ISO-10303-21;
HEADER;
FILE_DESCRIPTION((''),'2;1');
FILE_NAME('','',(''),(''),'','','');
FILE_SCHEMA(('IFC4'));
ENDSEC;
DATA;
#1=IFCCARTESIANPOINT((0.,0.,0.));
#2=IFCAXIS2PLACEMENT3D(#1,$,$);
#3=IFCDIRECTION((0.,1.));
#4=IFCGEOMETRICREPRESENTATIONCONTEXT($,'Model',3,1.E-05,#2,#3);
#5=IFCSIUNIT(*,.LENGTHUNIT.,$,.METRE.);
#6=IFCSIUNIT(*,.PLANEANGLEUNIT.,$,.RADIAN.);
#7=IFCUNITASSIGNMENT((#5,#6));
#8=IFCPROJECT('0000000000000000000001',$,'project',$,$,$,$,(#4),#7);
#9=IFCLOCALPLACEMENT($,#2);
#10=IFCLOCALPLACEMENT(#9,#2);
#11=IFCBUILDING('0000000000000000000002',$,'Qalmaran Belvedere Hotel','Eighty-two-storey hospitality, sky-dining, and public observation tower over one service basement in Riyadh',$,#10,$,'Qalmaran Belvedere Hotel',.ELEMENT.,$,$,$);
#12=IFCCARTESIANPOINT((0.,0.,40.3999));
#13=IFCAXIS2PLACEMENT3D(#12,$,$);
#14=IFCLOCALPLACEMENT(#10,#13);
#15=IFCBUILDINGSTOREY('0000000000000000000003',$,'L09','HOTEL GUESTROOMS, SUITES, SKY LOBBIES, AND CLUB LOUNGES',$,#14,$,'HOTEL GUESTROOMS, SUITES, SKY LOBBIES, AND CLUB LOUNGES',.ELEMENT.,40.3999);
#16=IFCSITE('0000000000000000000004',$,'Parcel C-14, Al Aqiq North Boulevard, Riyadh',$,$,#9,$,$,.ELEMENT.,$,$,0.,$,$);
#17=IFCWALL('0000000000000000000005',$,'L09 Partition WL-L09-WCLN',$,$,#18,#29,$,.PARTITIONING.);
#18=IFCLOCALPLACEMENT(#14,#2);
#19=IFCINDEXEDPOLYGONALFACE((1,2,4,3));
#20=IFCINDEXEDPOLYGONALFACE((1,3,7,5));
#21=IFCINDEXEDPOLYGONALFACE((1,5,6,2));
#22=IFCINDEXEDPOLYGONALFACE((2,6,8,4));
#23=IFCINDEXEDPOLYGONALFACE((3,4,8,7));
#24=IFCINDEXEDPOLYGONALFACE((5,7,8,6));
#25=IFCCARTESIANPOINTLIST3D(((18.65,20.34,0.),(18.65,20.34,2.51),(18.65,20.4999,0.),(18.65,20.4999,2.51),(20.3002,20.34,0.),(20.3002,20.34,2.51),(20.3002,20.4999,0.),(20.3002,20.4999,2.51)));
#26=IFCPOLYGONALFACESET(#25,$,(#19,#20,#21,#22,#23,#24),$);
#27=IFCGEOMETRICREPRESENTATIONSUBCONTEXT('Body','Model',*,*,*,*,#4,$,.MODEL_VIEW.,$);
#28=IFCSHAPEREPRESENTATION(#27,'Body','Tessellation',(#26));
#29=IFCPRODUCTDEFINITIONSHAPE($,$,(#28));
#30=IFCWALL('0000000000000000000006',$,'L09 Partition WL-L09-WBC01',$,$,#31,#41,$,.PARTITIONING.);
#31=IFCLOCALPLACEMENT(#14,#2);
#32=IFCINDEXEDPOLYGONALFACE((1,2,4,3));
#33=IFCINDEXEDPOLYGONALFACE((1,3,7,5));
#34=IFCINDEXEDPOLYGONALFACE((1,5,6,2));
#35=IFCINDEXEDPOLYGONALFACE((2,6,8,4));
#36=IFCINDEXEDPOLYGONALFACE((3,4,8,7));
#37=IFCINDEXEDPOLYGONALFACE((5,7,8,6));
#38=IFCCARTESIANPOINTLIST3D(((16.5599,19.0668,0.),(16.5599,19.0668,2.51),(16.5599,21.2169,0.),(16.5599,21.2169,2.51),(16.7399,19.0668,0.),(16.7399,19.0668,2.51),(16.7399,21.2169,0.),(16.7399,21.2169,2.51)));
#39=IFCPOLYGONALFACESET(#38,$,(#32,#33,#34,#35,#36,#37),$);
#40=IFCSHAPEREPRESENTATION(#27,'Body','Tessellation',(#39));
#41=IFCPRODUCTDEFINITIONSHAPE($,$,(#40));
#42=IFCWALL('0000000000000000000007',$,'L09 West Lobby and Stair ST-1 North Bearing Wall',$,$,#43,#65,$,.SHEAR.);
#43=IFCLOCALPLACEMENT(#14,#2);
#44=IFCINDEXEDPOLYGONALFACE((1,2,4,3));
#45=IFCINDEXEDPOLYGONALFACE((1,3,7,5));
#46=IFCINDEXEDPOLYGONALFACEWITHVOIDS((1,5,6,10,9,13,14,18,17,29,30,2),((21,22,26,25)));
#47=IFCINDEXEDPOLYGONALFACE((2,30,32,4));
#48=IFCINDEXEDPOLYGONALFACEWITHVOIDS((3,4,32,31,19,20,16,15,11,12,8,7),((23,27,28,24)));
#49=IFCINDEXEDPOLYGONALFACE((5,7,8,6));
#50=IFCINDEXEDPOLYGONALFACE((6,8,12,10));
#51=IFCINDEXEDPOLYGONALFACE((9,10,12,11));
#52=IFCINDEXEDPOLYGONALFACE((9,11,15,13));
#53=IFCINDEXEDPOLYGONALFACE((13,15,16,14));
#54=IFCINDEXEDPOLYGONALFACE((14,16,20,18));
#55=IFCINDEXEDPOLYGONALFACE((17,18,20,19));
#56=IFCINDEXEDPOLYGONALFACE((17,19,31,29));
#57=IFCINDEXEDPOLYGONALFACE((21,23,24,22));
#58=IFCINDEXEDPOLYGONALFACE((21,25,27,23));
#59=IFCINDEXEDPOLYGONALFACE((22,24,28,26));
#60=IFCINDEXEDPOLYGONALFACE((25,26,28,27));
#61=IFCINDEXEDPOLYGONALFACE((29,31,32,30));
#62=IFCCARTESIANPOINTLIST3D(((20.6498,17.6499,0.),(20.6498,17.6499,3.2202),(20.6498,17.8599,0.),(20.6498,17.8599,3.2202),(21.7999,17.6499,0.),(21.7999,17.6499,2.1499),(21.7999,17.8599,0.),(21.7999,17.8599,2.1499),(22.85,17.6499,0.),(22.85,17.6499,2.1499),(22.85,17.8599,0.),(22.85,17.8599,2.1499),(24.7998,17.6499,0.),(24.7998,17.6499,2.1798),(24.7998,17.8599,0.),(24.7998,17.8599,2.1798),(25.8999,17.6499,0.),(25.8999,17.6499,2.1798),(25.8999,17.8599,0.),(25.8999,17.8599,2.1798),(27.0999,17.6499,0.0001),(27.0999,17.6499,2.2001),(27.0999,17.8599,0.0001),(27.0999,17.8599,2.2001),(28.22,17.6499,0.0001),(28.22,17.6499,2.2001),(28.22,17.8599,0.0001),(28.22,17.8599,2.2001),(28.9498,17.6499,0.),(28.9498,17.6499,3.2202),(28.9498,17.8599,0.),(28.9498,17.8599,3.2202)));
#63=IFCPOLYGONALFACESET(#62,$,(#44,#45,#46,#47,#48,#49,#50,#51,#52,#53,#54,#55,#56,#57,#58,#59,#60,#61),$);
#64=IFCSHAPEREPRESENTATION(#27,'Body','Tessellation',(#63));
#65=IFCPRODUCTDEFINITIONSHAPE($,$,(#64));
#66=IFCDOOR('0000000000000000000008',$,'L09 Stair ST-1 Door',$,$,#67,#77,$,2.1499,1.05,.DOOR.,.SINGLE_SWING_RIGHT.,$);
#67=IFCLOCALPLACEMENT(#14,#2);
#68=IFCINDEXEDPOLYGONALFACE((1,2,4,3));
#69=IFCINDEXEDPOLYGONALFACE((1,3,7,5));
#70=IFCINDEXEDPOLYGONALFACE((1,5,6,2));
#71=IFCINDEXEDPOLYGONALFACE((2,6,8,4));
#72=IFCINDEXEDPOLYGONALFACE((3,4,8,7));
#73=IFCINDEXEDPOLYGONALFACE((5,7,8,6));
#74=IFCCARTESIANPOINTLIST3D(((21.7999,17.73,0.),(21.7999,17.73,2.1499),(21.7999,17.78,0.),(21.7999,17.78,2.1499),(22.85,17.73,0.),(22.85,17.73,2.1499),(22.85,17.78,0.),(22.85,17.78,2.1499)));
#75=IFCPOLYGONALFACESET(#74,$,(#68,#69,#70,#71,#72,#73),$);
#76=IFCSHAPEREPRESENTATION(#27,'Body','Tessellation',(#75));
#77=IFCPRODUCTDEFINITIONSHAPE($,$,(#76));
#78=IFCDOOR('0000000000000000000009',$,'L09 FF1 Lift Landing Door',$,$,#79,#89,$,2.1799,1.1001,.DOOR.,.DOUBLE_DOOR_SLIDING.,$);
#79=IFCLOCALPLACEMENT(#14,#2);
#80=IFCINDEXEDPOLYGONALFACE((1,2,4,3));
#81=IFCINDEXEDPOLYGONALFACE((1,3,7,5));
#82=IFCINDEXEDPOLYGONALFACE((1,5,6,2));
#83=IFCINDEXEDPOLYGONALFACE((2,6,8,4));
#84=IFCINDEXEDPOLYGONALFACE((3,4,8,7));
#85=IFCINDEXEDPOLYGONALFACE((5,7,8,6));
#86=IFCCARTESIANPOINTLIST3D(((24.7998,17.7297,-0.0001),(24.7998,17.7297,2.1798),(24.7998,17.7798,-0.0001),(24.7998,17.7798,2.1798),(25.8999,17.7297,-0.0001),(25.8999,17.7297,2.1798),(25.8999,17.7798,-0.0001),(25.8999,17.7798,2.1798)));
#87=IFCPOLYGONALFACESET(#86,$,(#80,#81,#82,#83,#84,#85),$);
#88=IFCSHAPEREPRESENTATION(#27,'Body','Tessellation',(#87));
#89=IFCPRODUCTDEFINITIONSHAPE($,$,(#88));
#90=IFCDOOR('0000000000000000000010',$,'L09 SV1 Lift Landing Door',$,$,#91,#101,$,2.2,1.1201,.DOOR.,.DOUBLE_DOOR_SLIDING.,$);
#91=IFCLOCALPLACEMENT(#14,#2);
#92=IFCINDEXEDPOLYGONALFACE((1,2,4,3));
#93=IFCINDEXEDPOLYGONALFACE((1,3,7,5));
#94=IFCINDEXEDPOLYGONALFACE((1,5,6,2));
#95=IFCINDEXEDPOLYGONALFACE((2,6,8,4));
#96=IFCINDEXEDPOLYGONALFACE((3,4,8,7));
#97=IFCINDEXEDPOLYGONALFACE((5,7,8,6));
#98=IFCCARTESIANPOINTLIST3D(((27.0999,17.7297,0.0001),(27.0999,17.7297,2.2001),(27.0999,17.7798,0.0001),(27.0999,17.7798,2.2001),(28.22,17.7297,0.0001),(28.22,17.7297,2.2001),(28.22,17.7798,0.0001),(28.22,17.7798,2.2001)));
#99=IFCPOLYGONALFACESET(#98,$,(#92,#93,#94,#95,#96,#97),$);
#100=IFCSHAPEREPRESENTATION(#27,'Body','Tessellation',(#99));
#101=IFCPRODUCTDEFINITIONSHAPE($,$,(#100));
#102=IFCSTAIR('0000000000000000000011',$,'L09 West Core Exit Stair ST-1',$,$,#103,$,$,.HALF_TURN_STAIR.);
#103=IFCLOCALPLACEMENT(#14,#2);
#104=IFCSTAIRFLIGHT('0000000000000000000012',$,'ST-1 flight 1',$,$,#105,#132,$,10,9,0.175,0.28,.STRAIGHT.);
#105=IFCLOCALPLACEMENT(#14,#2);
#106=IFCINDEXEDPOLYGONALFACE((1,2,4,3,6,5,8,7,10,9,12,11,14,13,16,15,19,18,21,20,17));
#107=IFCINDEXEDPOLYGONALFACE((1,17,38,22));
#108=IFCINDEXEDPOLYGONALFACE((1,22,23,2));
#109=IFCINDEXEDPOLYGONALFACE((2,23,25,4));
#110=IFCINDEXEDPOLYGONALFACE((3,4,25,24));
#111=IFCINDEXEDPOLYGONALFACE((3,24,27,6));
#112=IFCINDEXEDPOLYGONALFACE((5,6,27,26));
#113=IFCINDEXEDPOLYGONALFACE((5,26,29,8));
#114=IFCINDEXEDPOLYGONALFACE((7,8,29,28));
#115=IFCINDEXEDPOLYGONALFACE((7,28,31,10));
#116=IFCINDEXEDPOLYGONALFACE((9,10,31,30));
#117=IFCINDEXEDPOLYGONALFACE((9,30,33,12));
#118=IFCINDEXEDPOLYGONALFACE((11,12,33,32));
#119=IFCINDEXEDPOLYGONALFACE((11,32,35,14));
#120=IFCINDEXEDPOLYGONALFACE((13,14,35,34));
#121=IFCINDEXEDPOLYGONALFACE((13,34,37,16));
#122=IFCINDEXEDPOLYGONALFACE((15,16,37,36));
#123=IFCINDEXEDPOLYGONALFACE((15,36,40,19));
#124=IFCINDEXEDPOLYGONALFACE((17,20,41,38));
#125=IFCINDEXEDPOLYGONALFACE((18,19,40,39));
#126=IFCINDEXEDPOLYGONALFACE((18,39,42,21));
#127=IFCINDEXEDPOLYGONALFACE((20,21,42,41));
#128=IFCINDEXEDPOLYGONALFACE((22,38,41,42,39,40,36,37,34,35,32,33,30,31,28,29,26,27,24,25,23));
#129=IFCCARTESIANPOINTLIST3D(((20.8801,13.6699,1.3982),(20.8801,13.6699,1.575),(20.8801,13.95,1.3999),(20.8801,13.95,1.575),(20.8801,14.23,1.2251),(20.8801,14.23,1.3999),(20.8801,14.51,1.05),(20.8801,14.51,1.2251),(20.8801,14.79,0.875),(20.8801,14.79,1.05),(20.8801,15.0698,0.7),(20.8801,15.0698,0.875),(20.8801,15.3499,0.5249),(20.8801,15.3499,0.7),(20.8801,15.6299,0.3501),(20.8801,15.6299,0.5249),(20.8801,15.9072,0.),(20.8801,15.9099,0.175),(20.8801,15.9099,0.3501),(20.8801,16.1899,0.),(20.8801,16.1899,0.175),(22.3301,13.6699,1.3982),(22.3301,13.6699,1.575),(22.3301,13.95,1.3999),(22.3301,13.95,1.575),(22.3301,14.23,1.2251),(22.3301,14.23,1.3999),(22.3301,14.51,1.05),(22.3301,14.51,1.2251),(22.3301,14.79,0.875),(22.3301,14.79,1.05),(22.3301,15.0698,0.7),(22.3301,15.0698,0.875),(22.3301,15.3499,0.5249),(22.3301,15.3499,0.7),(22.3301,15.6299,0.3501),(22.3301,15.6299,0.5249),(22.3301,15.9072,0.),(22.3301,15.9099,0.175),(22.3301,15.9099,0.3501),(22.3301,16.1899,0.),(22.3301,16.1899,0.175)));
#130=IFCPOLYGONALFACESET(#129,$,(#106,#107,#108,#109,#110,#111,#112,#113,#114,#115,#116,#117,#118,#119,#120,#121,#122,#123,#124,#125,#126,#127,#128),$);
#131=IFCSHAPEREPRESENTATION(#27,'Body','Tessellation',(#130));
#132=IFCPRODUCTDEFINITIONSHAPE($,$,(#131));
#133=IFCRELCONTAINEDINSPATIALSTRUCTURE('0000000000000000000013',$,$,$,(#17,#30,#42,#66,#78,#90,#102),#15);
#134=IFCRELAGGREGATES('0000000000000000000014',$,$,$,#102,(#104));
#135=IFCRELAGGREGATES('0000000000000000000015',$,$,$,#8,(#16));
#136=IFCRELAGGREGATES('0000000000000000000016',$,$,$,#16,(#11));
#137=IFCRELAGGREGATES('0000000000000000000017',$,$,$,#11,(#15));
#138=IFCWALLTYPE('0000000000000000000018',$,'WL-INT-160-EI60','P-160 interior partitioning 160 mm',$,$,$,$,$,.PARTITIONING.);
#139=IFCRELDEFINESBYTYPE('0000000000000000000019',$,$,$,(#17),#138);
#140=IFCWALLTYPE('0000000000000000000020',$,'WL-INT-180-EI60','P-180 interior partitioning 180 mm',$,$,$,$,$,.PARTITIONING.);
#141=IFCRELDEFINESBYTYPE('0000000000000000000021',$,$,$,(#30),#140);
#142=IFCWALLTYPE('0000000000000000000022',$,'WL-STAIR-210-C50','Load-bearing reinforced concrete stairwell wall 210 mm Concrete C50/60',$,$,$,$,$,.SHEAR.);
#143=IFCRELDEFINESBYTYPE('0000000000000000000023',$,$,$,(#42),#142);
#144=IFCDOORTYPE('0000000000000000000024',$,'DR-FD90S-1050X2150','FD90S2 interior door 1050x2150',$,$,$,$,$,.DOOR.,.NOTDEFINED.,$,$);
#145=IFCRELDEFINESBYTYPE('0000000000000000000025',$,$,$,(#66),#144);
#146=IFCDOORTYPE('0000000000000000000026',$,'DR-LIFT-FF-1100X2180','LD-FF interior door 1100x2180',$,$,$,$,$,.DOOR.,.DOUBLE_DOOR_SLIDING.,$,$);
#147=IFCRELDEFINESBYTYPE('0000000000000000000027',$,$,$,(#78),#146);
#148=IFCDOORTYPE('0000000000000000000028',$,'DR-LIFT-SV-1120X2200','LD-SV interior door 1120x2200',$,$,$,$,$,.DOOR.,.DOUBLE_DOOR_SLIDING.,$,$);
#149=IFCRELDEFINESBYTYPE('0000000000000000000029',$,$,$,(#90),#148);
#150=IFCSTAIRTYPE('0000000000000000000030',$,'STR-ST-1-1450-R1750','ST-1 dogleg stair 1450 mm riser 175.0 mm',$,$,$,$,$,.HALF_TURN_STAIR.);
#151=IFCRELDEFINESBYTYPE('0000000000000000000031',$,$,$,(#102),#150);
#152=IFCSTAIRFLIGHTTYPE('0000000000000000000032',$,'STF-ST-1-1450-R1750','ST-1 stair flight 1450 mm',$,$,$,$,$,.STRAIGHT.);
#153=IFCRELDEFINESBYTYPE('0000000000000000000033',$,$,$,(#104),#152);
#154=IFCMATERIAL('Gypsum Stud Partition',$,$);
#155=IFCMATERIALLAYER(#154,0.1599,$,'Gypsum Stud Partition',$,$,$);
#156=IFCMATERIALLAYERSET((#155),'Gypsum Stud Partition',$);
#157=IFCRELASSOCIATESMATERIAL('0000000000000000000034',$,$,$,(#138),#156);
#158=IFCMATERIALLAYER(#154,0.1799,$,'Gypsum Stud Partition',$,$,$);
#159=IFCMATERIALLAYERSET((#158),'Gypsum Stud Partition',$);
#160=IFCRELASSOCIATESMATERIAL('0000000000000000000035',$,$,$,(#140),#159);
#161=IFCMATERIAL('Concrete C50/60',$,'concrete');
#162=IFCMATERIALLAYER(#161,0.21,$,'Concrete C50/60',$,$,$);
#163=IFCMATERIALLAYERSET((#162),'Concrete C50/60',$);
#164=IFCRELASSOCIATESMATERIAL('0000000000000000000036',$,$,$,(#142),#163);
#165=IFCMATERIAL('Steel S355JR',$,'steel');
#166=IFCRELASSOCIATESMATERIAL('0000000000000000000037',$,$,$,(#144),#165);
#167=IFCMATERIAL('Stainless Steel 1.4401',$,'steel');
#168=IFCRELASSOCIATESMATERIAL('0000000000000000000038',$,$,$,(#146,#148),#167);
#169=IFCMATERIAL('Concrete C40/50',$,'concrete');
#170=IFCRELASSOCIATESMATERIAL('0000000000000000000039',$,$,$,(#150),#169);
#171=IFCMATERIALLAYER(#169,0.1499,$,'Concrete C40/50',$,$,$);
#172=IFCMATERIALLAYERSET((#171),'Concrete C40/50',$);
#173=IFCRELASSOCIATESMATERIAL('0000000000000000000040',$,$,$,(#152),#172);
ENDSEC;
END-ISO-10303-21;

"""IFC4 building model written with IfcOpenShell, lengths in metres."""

from ifc_helpers import new_model, si_unit, direction, frame, frame_2d, origin, place, context, subcontext, project, spatial, polyline, rectangle, outline, extrude, material, layer, layer_set, type_object, element, fill, aggregate, save


model = new_model("IFC4")

# Units and contexts
model_context = context("Model", 3, precision=1e-05, world=origin(), true_north=direction((0.0, 1.0)))
body_context = subcontext(model_context, "Body", "Model", "MODEL_VIEW")
ifc_project = project(units=[si_unit("LENGTHUNIT", "METRE"), si_unit("PLANEANGLEUNIT", "RADIAN")], contexts=[model_context])

# Site, building, storey
site_placement = place(None, origin())
site = spatial("IfcSite", under=ifc_project, at=site_placement, Name="Parcel C-14, Al Aqiq North Boulevard, Riyadh", CompositionType="ELEMENT", RefElevation=0.0)
building_placement = place(site_placement, origin())
building = spatial("IfcBuilding", under=site, at=building_placement, Name="Qalmaran Belvedere Hotel", Description="Eighty-two-storey hospitality, sky-dining, and public observation tower over one service basement in Riyadh", LongName="Qalmaran Belvedere Hotel", CompositionType="ELEMENT")
storey_placement = place(building_placement, frame((0.0, 0.0, 40.3999)))
storey = spatial("IfcBuildingStorey", under=building, at=storey_placement, Name="L09", Description="HOTEL GUESTROOMS, SUITES, SKY LOBBIES, AND CLUB LOUNGES", LongName="HOTEL GUESTROOMS, SUITES, SKY LOBBIES, AND CLUB LOUNGES", CompositionType="ELEMENT", Elevation=40.3999)

# Shared definitions
ifc_material_1 = material(Name="Steel S355JR", Category="steel")

# Shared definitions
ifc_material_2 = material(Name="Gypsum Stud Partition")
ifc_layer_1 = layer(ifc_material_2, 0.1599, Name="Gypsum Stud Partition")
ifc_layer_set_1 = layer_set([ifc_layer_1], Name="Gypsum Stud Partition")
wall_type_1 = type_object("IfcWallType", Name="WL-INT-160-EI60", Description="P-160 interior partitioning 160 mm", PredefinedType="PARTITIONING", material=ifc_layer_set_1)

# Wall
wall_1_placement = place(storey_placement, frame((18.6499, 20.4199, 0.0), z_axis=(0.0, 0.0, 1.0), x_axis=(1.0, 0.0, 0.0)))
element("IfcWall", 1, at=wall_1_placement, inside=storey, type_object=wall_type_1, Name="L09 Partition WL-L09-WCLN", PredefinedType="PARTITIONING", context=body_context, shape_type="SweptSolid", body=[
    extrude(rectangle(XDim=1.6501, YDim=0.1599, at=frame_2d((0.8252, 0.0))), origin(), (0.0, 0.0, 1.0), 2.51),
])

# Shared definitions
ifc_layer_2 = layer(ifc_material_2, 0.1799, Name="Gypsum Stud Partition")
ifc_layer_set_2 = layer_set([ifc_layer_2], Name="Gypsum Stud Partition")
wall_type_2 = type_object("IfcWallType", Name="WL-INT-180-EI60", Description="P-180 interior partitioning 180 mm", PredefinedType="PARTITIONING", material=ifc_layer_set_2)

# Wall
wall_2_placement = place(storey_placement, frame((16.6499, 19.0667, 0.0), z_axis=(0.0, 0.0, 1.0), x_axis=(0.0, 1.0, 0.0)))
element("IfcWall", 2, at=wall_2_placement, inside=storey, type_object=wall_type_2, Name="L09 Partition WL-L09-WBC01", PredefinedType="PARTITIONING", context=body_context, shape_type="SweptSolid", body=[
    extrude(rectangle(XDim=2.1501, YDim=0.1799, at=frame_2d((1.0752, 0.0))), origin(), (0.0, 0.0, 1.0), 2.51),
])

# Wall, openings, doors
ifc_material_3 = material(Name="Concrete C50/60", Category="concrete")
ifc_layer_3 = layer(ifc_material_3, 0.21, Name="Concrete C50/60")
ifc_layer_set_3 = layer_set([ifc_layer_3], Name="Concrete C50/60")
wall_type_3 = type_object("IfcWallType", Name="WL-STAIR-210-C50", Description="Load-bearing reinforced concrete stairwell wall 210 mm Concrete C50/60", PredefinedType="SHEAR", material=ifc_layer_set_3)
wall_3_placement = place(storey_placement, frame((20.6499, 17.7549, 0.0), z_axis=(0.0, 0.0, 1.0), x_axis=(1.0, 0.0, 0.0)))
wall_3 = element("IfcWall", 3, at=wall_3_placement, inside=storey, type_object=wall_type_3, Name="L09 West Lobby and Stair ST-1 North Bearing Wall", PredefinedType="SHEAR", context=body_context, shape_type="SweptSolid", body=[
    extrude(rectangle(XDim=8.3, YDim=0.21, at=frame_2d((4.1499, 0.0))), origin(), (0.0, 0.0, 1.0), 3.2202),
])
opening_1_placement = place(wall_3_placement, frame((2.2, 0.0, 0.0), z_axis=(0.0, 0.0, 1.0), x_axis=(-1.0, 0.0, 0.0)))
opening_1 = element("IfcOpeningElement", 4, at=opening_1_placement, cuts=wall_3, PredefinedType="OPENING", context=body_context, shape_type="SweptSolid", body=[
    extrude(rectangle(XDim=1.05, YDim=2.1499, at=frame_2d((0.5249, 1.075))), frame((0.0, 0.115, 0.0), z_axis=(0.0, -1.0, 0.0), x_axis=(1.0, 0.0, 0.0)), (0.0, 0.0, 1.0), 0.23),
])
opening_2_placement = place(wall_3_placement, frame((4.1499, 0.0, 0.0)))
opening_2 = element("IfcOpeningElement", 5, at=opening_2_placement, cuts=wall_3, PredefinedType="OPENING", context=body_context, shape_type="SweptSolid", body=[
    extrude(rectangle(XDim=1.1001, YDim=2.1799, at=frame_2d((0.55, 1.0898))), frame((0.0, 0.115, 0.0), z_axis=(0.0, -1.0, 0.0), x_axis=(1.0, 0.0, 0.0)), (0.0, 0.0, 1.0), 0.23),
])
opening_3_placement = place(wall_3_placement, frame((6.45, 0.0, 0.0)))
opening_3 = element("IfcOpeningElement", 6, at=opening_3_placement, cuts=wall_3, PredefinedType="OPENING", context=body_context, shape_type="SweptSolid", body=[
    extrude(rectangle(XDim=1.1201, YDim=2.2, at=frame_2d((0.5601, 1.1001))), frame((0.0, 0.115, 0.0), z_axis=(0.0, -1.0, 0.0), x_axis=(1.0, 0.0, 0.0)), (0.0, 0.0, 1.0), 0.23),
])
door_type_1 = type_object("IfcDoorType", Name="DR-FD90S-1050X2150", Description="FD90S2 interior door 1050x2150", OperationType="NOTDEFINED", PredefinedType="DOOR", material=ifc_material_1)
door_1_placement = place(opening_1_placement, origin())
door_1 = element("IfcDoor", 7, at=door_1_placement, inside=storey, type_object=door_type_1, Name="L09 Stair ST-1 Door", OperationType="SINGLE_SWING_RIGHT", OverallHeight=2.1499, OverallWidth=1.05, PredefinedType="DOOR", context=body_context, shape_type="SweptSolid", body=[
    extrude(rectangle(XDim=1.05, YDim=2.1499, at=frame_2d((0.5249, 1.075))), frame((0.0, 0.0249, 0.0), z_axis=(0.0, -1.0, 0.0), x_axis=(1.0, 0.0, 0.0)), (0.0, 0.0, 1.0), 0.05),
])
fill(opening_1, door_1)
ifc_material_4 = material(Name="Stainless Steel 1.4401", Category="steel")
door_type_2 = type_object("IfcDoorType", Name="DR-LIFT-FF-1100X2180", Description="LD-FF interior door 1100x2180", OperationType="DOUBLE_DOOR_SLIDING", PredefinedType="DOOR", material=ifc_material_4)
door_2_placement = place(opening_2_placement, origin())
door_2 = element("IfcDoor", 8, at=door_2_placement, inside=storey, type_object=door_type_2, Name="L09 FF1 Lift Landing Door", OperationType="DOUBLE_DOOR_SLIDING", OverallHeight=2.1799, OverallWidth=1.1001, PredefinedType="DOOR", context=body_context, shape_type="SweptSolid", body=[
    extrude(rectangle(XDim=1.1001, YDim=2.1799, at=frame_2d((0.55, 1.0898))), frame((0.0, 0.0249, 0.0), z_axis=(0.0, -1.0, 0.0), x_axis=(1.0, 0.0, 0.0)), (0.0, 0.0, 1.0), 0.05),
])
fill(opening_2, door_2)
door_type_3 = type_object("IfcDoorType", Name="DR-LIFT-SV-1120X2200", Description="LD-SV interior door 1120x2200", OperationType="DOUBLE_DOOR_SLIDING", PredefinedType="DOOR", material=ifc_material_4)
door_3_placement = place(opening_3_placement, origin())
door_3 = element("IfcDoor", 9, at=door_3_placement, inside=storey, type_object=door_type_3, Name="L09 SV1 Lift Landing Door", OperationType="DOUBLE_DOOR_SLIDING", OverallHeight=2.2, OverallWidth=1.1201, PredefinedType="DOOR", context=body_context, shape_type="SweptSolid", body=[
    extrude(rectangle(XDim=1.1201, YDim=2.2, at=frame_2d((0.5601, 1.1001))), frame((0.0, 0.0249, 0.0), z_axis=(0.0, -1.0, 0.0), x_axis=(1.0, 0.0, 0.0)), (0.0, 0.0, 1.0), 0.05),
])
fill(opening_3, door_3)

# Stair, stair flight
ifc_material_5 = material(Name="Concrete C40/50", Category="concrete")
stair_type = type_object("IfcStairType", Name="STR-ST-1-1450-R1750", Description="ST-1 dogleg stair 1450 mm riser 175.0 mm", PredefinedType="HALF_TURN_STAIR", material=ifc_material_5)
stair_placement = place(storey_placement, origin())
stair = element("IfcStair", 10, at=stair_placement, inside=storey, type_object=stair_type, Name="L09 West Core Exit Stair ST-1", PredefinedType="HALF_TURN_STAIR")
ifc_layer_4 = layer(ifc_material_5, 0.1499, Name="Concrete C40/50")
ifc_layer_set_4 = layer_set([ifc_layer_4], Name="Concrete C40/50")
stair_flight_type = type_object("IfcStairFlightType", Name="STF-ST-1-1450-R1750", Description="ST-1 stair flight 1450 mm", PredefinedType="STRAIGHT", material=ifc_layer_set_4)
stair_flight_placement = place(storey_placement, frame((21.605, 16.1899, 0.0), z_axis=(0.0, 0.0, 1.0), x_axis=(0.0, -1.0, 0.0)))
stair_flight = element("IfcStairFlight", 11, at=stair_flight_placement, type_object=stair_flight_type, Name="ST-1 flight 1", NumberOfRisers=10, NumberOfTreads=9, PredefinedType="STRAIGHT", RiserHeight=0.175, TreadLength=0.28, context=body_context, shape_type="SweptSolid", body=[
    extrude(outline(polyline([(0.0, 0.0), (0.0, 0.175), (0.28, 0.175), (0.28, 0.3501), (0.5601, 0.3501), (0.5601, 0.5249), (0.8401, 0.5249), (0.8401, 0.7), (1.1201, 0.7), (1.1201, 0.875), (1.3999, 0.875), (1.3999, 1.05), (1.6799, 1.05), (1.6799, 1.2251), (1.96, 1.2251), (1.96, 1.3999), (2.24, 1.3999), (2.24, 1.575), (2.52, 1.575), (2.52, 1.75), (2.52, 1.3982), (0.2827, 0.0), (0.0, 0.0)])), frame((0.0, 0.7251, 0.0), z_axis=(0.0, -1.0, 0.0), x_axis=(1.0, 0.0, 0.0)), (0.0, 0.0, 1.0), 1.45),
])
aggregate(stair, [stair_flight])

save(model, "model.ifc")
